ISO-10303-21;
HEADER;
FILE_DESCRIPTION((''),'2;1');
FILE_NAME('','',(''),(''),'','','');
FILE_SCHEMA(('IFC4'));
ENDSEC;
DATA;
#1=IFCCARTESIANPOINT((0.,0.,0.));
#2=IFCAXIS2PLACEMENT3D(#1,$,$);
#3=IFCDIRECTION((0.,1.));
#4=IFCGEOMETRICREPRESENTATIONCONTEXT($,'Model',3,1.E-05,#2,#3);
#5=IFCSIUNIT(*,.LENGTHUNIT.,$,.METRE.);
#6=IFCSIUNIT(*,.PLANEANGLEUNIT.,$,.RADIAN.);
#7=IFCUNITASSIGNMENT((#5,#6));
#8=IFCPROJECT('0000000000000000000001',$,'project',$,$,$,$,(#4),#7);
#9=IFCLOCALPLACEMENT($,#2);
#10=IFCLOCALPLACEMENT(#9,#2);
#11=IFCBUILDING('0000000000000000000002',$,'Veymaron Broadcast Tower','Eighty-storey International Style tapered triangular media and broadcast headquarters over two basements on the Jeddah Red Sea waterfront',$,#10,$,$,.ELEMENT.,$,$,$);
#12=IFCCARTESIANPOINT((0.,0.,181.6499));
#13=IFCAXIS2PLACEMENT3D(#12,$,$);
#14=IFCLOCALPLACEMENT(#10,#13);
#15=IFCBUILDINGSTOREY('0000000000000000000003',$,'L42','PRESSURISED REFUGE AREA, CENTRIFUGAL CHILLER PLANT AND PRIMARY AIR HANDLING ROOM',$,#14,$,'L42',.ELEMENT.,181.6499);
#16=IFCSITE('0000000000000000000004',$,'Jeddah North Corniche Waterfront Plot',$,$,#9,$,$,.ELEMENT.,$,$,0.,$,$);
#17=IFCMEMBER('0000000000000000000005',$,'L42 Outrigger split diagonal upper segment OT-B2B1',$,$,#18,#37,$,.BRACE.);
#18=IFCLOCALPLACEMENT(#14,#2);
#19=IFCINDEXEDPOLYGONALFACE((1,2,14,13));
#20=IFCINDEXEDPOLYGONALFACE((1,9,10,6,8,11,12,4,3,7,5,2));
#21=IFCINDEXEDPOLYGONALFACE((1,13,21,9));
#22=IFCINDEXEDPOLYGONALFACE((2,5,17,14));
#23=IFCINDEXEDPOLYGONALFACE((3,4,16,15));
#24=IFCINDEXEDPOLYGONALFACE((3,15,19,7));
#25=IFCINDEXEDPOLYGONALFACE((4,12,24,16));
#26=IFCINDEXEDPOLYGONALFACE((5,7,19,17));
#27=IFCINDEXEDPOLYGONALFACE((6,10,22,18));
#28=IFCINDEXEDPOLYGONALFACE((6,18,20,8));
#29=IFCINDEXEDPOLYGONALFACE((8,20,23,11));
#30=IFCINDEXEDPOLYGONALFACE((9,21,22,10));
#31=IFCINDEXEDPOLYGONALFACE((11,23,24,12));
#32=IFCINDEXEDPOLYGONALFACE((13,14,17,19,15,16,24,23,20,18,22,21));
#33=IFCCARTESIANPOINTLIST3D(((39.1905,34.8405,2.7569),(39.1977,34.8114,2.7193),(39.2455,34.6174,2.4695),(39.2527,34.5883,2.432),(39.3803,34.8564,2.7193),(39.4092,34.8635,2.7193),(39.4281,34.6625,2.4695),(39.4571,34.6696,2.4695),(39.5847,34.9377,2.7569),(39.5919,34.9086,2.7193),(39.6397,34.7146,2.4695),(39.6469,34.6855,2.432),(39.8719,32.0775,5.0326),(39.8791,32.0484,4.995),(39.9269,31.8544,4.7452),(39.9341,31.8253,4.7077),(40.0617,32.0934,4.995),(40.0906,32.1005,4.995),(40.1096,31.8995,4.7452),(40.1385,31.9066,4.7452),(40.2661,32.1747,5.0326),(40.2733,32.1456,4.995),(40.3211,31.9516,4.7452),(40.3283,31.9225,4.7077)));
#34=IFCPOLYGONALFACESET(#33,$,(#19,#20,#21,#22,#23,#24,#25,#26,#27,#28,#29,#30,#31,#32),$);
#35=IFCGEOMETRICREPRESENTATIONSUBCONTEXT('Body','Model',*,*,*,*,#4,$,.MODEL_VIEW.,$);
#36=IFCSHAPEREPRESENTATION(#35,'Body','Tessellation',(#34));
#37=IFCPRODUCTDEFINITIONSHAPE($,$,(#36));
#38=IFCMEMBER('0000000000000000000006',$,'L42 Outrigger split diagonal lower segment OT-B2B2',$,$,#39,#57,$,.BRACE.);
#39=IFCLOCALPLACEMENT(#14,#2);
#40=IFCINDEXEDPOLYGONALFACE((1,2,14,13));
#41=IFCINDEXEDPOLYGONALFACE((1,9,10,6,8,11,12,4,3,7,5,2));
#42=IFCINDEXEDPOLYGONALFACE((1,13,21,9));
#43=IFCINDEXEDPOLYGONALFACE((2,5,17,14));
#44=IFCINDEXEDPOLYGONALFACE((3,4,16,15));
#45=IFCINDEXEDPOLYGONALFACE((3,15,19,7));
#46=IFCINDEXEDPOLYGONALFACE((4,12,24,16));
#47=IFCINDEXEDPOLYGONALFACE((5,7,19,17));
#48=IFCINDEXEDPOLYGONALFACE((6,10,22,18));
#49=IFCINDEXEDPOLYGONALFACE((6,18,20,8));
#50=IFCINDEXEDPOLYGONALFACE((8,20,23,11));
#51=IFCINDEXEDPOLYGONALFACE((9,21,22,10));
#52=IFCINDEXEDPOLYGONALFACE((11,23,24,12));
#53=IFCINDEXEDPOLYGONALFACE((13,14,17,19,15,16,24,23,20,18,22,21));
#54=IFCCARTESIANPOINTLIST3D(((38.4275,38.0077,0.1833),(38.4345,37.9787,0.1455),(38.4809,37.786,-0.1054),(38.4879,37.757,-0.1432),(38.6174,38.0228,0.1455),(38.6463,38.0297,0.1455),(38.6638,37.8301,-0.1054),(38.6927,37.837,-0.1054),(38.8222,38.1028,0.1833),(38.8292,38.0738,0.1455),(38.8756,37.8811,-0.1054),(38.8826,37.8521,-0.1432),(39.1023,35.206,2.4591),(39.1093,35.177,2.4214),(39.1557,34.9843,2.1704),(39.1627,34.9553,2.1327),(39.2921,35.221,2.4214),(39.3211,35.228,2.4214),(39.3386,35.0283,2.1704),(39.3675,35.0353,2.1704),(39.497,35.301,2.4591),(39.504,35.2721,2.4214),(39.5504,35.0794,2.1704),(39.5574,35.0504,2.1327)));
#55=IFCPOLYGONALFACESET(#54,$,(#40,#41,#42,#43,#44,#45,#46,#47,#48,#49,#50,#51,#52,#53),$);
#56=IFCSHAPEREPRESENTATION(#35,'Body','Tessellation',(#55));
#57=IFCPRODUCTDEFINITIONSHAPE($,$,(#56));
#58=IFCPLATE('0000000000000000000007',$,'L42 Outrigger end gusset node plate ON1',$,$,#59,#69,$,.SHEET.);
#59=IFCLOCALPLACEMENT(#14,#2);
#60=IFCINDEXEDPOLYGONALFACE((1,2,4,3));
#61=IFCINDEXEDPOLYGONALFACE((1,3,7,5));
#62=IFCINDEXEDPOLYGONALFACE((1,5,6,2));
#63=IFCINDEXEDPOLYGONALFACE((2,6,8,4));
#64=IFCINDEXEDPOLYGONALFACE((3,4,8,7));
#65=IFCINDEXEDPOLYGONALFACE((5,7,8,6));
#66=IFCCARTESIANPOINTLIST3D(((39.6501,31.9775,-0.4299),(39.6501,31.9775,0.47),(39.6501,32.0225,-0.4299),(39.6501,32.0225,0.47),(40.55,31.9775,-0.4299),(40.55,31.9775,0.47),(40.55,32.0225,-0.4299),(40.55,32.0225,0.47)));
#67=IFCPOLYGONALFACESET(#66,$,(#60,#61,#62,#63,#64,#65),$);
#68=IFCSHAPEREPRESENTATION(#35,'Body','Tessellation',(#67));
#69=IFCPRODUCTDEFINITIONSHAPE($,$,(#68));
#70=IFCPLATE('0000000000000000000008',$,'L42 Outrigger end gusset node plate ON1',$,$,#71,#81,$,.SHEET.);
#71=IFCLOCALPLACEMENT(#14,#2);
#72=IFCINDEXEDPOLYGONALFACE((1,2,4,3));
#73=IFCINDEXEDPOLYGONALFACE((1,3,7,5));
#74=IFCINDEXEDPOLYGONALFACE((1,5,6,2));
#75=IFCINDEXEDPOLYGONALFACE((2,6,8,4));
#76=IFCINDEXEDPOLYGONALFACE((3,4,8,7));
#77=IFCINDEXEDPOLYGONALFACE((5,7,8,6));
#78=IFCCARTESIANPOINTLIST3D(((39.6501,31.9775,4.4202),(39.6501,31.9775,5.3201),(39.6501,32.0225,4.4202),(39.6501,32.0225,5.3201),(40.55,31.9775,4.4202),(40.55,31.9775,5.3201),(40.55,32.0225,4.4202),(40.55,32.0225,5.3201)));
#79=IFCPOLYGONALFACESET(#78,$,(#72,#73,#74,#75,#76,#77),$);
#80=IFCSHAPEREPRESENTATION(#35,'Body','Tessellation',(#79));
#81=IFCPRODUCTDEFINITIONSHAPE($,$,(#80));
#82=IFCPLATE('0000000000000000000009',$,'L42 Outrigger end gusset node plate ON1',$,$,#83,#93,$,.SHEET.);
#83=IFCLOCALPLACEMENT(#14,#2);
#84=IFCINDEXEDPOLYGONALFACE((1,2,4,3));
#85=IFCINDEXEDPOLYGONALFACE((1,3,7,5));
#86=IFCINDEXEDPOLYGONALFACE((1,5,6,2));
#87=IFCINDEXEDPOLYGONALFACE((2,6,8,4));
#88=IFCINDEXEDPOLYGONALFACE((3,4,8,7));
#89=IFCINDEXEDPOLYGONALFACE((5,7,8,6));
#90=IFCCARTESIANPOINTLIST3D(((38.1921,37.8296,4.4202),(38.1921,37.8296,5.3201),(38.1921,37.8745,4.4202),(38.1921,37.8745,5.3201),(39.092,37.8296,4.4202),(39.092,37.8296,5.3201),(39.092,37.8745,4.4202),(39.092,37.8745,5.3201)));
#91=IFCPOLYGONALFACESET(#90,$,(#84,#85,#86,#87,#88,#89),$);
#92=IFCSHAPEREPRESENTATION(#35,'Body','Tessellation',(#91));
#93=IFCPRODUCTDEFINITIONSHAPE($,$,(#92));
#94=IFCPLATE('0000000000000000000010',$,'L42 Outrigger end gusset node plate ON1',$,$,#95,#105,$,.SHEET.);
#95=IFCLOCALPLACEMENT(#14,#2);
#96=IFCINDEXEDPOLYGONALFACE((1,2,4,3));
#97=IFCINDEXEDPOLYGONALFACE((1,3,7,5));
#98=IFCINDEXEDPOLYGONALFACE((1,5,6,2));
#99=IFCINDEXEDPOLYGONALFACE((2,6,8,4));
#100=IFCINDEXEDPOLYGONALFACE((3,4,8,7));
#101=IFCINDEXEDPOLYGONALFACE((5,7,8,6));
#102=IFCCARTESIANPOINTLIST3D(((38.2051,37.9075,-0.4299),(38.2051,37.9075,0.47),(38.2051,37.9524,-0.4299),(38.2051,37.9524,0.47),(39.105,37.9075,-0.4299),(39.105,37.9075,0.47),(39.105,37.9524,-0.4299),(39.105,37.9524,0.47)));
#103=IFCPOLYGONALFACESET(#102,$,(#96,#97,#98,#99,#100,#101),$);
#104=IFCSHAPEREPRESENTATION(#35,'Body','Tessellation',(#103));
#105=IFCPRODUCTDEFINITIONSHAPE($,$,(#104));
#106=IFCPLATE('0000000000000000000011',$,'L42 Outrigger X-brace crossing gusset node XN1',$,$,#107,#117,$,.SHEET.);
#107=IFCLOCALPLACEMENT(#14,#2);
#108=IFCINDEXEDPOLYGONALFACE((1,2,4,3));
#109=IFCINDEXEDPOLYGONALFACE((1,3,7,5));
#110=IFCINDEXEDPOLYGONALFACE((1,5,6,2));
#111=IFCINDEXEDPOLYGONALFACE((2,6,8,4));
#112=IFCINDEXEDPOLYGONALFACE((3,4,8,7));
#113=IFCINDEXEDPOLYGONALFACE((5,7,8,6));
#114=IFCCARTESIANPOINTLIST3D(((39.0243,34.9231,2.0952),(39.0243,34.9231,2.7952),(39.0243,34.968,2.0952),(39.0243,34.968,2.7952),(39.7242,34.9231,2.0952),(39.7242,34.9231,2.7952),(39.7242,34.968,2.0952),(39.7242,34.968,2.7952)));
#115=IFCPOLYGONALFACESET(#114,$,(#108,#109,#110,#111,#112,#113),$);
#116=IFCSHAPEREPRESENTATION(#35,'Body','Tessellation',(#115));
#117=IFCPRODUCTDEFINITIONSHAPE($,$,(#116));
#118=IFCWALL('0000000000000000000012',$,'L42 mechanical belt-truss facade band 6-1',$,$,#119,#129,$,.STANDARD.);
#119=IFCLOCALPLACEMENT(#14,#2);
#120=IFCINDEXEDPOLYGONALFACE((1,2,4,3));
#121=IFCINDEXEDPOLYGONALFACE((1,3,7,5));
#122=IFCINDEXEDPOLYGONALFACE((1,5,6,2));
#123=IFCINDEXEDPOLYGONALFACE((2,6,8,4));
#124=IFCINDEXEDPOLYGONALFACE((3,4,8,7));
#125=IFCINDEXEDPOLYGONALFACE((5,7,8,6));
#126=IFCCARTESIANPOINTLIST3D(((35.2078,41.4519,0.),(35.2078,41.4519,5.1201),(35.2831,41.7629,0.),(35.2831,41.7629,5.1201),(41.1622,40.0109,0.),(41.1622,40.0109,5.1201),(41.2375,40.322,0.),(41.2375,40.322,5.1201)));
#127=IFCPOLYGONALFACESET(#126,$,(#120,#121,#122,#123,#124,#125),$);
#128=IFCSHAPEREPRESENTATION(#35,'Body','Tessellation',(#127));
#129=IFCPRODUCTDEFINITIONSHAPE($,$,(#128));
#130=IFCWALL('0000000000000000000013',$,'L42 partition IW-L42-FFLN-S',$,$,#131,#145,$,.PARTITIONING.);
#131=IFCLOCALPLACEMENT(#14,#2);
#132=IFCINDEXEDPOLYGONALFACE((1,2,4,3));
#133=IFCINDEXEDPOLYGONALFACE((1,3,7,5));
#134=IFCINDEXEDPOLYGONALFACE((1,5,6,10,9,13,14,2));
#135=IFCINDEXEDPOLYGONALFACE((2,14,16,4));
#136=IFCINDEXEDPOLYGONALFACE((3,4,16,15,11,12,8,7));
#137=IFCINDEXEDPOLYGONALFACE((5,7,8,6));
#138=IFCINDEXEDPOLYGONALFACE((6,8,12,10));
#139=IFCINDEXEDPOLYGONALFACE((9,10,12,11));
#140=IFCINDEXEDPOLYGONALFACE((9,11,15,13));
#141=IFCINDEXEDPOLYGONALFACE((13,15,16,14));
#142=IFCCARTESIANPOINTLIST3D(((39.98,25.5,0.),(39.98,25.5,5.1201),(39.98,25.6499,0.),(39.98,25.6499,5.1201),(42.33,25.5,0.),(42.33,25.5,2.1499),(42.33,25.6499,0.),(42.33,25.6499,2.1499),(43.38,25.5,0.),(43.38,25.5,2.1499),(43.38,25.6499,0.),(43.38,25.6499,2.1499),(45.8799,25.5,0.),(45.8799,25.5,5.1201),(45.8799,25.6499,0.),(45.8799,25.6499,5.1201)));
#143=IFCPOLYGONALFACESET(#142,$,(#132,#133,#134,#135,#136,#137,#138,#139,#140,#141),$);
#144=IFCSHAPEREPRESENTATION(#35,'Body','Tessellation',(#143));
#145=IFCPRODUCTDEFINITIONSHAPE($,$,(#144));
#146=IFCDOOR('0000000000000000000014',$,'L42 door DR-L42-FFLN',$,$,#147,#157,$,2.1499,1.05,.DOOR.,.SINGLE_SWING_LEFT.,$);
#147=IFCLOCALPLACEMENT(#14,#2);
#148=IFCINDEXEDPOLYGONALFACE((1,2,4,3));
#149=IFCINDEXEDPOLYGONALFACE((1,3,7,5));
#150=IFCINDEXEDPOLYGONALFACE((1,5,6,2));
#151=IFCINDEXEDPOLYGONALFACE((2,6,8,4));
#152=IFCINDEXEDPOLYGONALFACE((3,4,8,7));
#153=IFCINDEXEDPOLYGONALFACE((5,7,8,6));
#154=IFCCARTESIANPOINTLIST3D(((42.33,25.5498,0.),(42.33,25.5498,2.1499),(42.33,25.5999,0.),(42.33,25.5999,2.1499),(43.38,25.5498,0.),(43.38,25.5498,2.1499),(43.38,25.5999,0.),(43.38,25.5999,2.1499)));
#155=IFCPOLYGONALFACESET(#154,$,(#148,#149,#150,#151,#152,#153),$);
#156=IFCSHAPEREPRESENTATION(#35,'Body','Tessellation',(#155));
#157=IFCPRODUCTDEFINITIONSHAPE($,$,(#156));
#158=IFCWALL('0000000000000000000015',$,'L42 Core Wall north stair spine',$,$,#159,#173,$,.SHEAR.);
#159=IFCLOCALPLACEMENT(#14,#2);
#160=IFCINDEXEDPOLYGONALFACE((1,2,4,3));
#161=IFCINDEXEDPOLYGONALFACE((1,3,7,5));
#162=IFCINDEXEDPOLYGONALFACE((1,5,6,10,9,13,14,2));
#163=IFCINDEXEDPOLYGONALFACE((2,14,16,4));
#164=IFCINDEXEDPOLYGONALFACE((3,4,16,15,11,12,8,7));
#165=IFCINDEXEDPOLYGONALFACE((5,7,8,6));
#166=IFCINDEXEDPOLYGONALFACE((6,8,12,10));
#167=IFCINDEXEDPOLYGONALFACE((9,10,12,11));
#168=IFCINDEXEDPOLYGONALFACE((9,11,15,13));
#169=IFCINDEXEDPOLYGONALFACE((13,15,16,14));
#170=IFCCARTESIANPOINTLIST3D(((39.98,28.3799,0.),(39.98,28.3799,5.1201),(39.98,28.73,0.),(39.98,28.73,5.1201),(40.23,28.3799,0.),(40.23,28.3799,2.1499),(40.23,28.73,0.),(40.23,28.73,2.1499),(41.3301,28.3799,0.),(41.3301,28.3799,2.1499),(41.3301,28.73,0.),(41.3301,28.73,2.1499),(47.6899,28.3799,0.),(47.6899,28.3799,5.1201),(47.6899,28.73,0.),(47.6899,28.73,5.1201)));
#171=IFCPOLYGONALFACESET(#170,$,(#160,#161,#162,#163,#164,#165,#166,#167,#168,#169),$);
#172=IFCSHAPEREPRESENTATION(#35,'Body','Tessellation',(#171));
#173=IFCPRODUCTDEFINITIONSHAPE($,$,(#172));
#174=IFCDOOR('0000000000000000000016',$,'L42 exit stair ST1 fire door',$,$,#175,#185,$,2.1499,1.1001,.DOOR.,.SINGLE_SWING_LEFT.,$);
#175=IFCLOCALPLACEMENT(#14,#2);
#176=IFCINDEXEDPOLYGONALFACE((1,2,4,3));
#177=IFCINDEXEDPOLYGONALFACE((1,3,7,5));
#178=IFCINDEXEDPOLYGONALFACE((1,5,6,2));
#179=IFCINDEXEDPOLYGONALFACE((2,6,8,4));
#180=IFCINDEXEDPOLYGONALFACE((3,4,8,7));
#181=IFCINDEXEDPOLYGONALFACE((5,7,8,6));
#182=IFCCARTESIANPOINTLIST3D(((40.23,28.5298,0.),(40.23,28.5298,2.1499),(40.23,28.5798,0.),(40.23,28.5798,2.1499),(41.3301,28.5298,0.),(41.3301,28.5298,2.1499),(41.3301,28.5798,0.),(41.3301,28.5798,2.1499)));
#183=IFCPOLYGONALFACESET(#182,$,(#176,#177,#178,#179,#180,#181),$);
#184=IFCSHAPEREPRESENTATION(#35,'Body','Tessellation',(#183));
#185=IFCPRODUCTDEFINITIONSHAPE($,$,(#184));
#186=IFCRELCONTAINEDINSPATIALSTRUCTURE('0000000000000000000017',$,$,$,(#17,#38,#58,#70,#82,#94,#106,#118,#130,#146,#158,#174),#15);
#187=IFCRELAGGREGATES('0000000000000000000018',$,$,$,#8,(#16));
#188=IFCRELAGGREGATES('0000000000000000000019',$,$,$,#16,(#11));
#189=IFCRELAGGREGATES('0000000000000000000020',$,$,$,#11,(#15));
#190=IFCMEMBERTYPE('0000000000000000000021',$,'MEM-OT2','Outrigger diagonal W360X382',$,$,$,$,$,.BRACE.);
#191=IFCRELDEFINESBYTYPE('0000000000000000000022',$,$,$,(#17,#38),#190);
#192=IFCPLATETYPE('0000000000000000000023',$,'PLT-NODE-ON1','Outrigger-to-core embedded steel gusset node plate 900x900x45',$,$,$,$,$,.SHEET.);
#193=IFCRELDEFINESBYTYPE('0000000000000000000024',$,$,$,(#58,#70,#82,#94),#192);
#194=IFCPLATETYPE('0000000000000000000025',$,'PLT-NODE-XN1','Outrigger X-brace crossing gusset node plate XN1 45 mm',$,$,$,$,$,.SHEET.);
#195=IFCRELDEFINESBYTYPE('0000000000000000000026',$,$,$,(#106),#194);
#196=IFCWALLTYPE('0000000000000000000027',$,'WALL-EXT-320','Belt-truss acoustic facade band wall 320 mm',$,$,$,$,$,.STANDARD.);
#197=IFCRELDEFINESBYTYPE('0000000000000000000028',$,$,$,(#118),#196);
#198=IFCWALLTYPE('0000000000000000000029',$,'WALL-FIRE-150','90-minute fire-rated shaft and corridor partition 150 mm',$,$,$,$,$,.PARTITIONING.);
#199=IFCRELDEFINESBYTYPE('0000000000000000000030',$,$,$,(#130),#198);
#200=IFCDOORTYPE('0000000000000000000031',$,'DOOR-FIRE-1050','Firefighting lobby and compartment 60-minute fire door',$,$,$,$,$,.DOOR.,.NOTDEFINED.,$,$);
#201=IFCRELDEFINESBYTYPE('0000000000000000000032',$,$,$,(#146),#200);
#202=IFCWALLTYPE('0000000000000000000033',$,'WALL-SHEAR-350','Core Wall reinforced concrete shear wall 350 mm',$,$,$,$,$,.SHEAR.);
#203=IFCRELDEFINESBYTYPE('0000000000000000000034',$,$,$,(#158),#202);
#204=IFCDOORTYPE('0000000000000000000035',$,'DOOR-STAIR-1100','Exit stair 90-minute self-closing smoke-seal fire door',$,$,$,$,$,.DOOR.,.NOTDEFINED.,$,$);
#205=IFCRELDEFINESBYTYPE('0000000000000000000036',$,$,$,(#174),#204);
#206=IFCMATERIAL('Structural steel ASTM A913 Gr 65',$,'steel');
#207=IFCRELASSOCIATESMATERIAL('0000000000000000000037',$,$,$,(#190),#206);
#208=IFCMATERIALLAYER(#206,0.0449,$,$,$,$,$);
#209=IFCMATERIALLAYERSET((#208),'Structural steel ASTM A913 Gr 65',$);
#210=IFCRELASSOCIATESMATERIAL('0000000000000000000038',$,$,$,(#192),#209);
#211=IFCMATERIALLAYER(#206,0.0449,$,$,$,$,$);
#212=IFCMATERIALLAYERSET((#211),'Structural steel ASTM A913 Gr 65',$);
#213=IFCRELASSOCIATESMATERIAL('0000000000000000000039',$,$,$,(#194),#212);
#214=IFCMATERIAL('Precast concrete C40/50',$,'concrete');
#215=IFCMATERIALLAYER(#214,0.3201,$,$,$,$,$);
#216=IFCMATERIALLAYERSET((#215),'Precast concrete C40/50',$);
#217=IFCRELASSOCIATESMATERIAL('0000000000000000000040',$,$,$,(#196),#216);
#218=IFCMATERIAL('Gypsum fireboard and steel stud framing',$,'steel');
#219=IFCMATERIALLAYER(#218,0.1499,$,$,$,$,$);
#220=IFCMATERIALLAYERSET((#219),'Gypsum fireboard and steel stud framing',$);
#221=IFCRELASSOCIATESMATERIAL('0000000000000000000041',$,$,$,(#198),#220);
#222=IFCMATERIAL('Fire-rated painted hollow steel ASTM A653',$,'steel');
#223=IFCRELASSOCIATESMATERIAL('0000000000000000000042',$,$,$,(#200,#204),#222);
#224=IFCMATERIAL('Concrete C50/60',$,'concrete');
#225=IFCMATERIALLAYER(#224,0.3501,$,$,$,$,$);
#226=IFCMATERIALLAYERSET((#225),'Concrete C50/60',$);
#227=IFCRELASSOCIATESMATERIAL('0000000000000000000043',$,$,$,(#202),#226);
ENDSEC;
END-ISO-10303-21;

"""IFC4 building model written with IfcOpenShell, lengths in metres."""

from ifc_helpers import new_model, si_unit, direction, frame, frame_2d, origin, origin_2d, place, context, subcontext, project, spatial, rectangle, i_section, extrude, material, layer, layer_set, material_profile, profile_set, type_object, element, fill, save


model = new_model("IFC4")

# Units and contexts
model_context = context("Model", 3, precision=1e-05, world=origin(), true_north=direction((0.0, 1.0)))
body_context = subcontext(model_context, "Body", "Model", "MODEL_VIEW")
ifc_project = project(units=[si_unit("LENGTHUNIT", "METRE"), si_unit("PLANEANGLEUNIT", "RADIAN")], contexts=[model_context])

# Site, building, storey
site_placement = place(None, origin())
site = spatial("IfcSite", under=ifc_project, at=site_placement, Name="Jeddah North Corniche Waterfront Plot", CompositionType="ELEMENT", RefElevation=0.0)
building_placement = place(site_placement, origin())
building = spatial("IfcBuilding", under=site, at=building_placement, Name="Veymaron Broadcast Tower", Description="Eighty-storey International Style tapered triangular media and broadcast headquarters over two basements on the Jeddah Red Sea waterfront", CompositionType="ELEMENT")
storey_placement = place(building_placement, frame((0.0, 0.0, 181.6499)))
storey = spatial("IfcBuildingStorey", under=building, at=storey_placement, Name="L42", Description="PRESSURISED REFUGE AREA, CENTRIFUGAL CHILLER PLANT AND PRIMARY AIR HANDLING ROOM", LongName="L42", CompositionType="ELEMENT", Elevation=181.6499)

# Shared definitions
ifc_material_1 = material(Name="Structural steel ASTM A913 Gr 65", Category="steel")

# Members
ifc_material_profile_1 = material_profile(ifc_material_1, i_section(OverallWidth=0.406, OverallDepth=0.416, WebThickness=0.0298, FlangeThickness=0.0481, at=origin_2d()), Name="W360X382")
ifc_profile_set_1 = profile_set([ifc_material_profile_1], Name="Structural steel ASTM A913 Gr 65")
member_type = type_object("IfcMemberType", Name="MEM-OT2", Description="Outrigger diagonal W360X382", PredefinedType="BRACE", material=ifc_profile_set_1)
member_1_placement = place(storey_placement, frame((40.1001, 32.0, 4.8701), z_axis=(-0.187006, 0.758276, -0.624537), x_axis=(-0.97091, -0.239446, 0.0)))
element("IfcMember", 1, at=member_1_placement, inside=storey, type_object=member_type, Name="L42 Outrigger split diagonal upper segment OT-B2B1", PredefinedType="BRACE", context=body_context, shape_type="SweptSolid", body=[
    extrude(i_section(OverallWidth=0.406, OverallDepth=0.416, WebThickness=0.0298, FlangeThickness=0.0481, at=origin_2d()), origin(), (0.0, 0.0, 1.0), 3.6438),
])
member_2_placement = place(storey_placement, frame((39.3298, 35.1282, 2.2959), z_axis=(-0.183762, 0.762971, -0.619764), x_axis=(-0.972199, -0.234155, 0.0)))
element("IfcMember", 2, at=member_2_placement, inside=storey, type_object=member_type, Name="L42 Outrigger split diagonal lower segment OT-B2B2", PredefinedType="BRACE", context=body_context, shape_type="SweptSolid", body=[
    extrude(i_section(OverallWidth=0.406, OverallDepth=0.416, WebThickness=0.0298, FlangeThickness=0.0481, at=origin_2d()), origin(), (0.0, 0.0, 1.0), 3.6721),
])

# Plates
ifc_layer_1 = layer(ifc_material_1, 0.0449)
ifc_layer_set_1 = layer_set([ifc_layer_1], Name="Structural steel ASTM A913 Gr 65")
plate_type_1 = type_object("IfcPlateType", Name="PLT-NODE-ON1", Description="Outrigger-to-core embedded steel gusset node plate 900x900x45", PredefinedType="SHEET", material=ifc_layer_set_1)
for number, where, z_axis, x_axis, name in (
    (3, (40.1001, 32.0, -0.4299), (0.0, 0.0, 1.0), (1.0, 0.0, 0.0), "L42 Outrigger end gusset node plate ON1"),
    (4, (40.1001, 32.0, 4.4202), (0.0, 0.0, 1.0), (1.0, 0.0, 0.0), "L42 Outrigger end gusset node plate ON1"),
    (5, (38.6421, 37.8521, 4.4202), (0.0, 0.0, 1.0), (1.0, 0.0, 0.0), "L42 Outrigger end gusset node plate ON1"),
    (6, (38.655, 37.9299, -0.4299), (0.0, 0.0, 1.0), (1.0, 0.0, 0.0), "L42 Outrigger end gusset node plate ON1"),
):
    element("IfcPlate", number, at=place(storey_placement, frame(where, z_axis=z_axis, x_axis=x_axis)), inside=storey, type_object=plate_type_1, Name=name, PredefinedType="SHEET", context=body_context, shape_type="SweptSolid", body=[
        extrude(rectangle(XDim=0.8999, YDim=0.0449, at=origin_2d()), origin(), (0.0, 0.0, 1.0), 0.8999),
    ])
ifc_layer_2 = layer(ifc_material_1, 0.0449)
ifc_layer_set_2 = layer_set([ifc_layer_2], Name="Structural steel ASTM A913 Gr 65")
plate_type_2 = type_object("IfcPlateType", Name="PLT-NODE-XN1", Description="Outrigger X-brace crossing gusset node plate XN1 45 mm", PredefinedType="SHEET", material=ifc_layer_set_2)
plate_placement = place(storey_placement, frame((39.3743, 34.9456, 2.0952), z_axis=(0.0, 0.0, 1.0), x_axis=(1.0, 0.0, 0.0)))
element("IfcPlate", 7, at=plate_placement, inside=storey, type_object=plate_type_2, Name="L42 Outrigger X-brace crossing gusset node XN1", PredefinedType="SHEET", context=body_context, shape_type="SweptSolid", body=[
    extrude(rectangle(XDim=0.7, YDim=0.0449, at=origin_2d()), origin(), (0.0, 0.0, 1.0), 0.7),
])

# Wall
ifc_material_2 = material(Name="Precast concrete C40/50", Category="concrete")
ifc_layer_3 = layer(ifc_material_2, 0.3201)
ifc_layer_set_3 = layer_set([ifc_layer_3], Name="Precast concrete C40/50")
wall_type_1 = type_object("IfcWallType", Name="WALL-EXT-320", Description="Belt-truss acoustic facade band wall 320 mm", PredefinedType="STANDARD", material=ifc_layer_set_3)
wall_1_placement = place(storey_placement, frame((41.1997, 40.1665, 0.0), z_axis=(0.0, 0.0, 1.0), x_axis=(-0.971946, 0.235205, 0.0)))
element("IfcWall", 8, at=wall_1_placement, inside=storey, type_object=wall_type_1, Name="L42 mechanical belt-truss facade band 6-1", PredefinedType="STANDARD", context=body_context, shape_type="SweptSolid", body=[
    extrude(rectangle(XDim=6.1262, YDim=0.3201, at=frame_2d((3.063, 0.0))), origin(), (0.0, 0.0, 1.0), 5.1201),
])

# Walls, openings, doors
ifc_material_3 = material(Name="Gypsum fireboard and steel stud framing", Category="steel")
ifc_layer_4 = layer(ifc_material_3, 0.1499)
ifc_layer_set_4 = layer_set([ifc_layer_4], Name="Gypsum fireboard and steel stud framing")
wall_type_2 = type_object("IfcWallType", Name="WALL-FIRE-150", Description="90-minute fire-rated shaft and corridor partition 150 mm", PredefinedType="PARTITIONING", material=ifc_layer_set_4)
wall_2_placement = place(storey_placement, frame((39.98, 25.575, 0.0), z_axis=(0.0, 0.0, 1.0), x_axis=(1.0, 0.0, 0.0)))
wall_2 = element("IfcWall", 9, at=wall_2_placement, inside=storey, type_object=wall_type_2, Name="L42 partition IW-L42-FFLN-S", PredefinedType="PARTITIONING", context=body_context, shape_type="SweptSolid", body=[
    extrude(rectangle(XDim=5.8999, YDim=0.1499, at=frame_2d((2.95, 0.0))), origin(), (0.0, 0.0, 1.0), 5.1201),
])
opening_1_placement = place(wall_2_placement, frame((2.3501, 0.0, 0.0)))
opening_1 = element("IfcOpeningElement", 10, at=opening_1_placement, cuts=wall_2, PredefinedType="OPENING", context=body_context, shape_type="SweptSolid", body=[
    extrude(rectangle(XDim=1.05, YDim=2.1499, at=frame_2d((0.5249, 1.075))), frame((0.0, 0.085, 0.0), z_axis=(0.0, -1.0, 0.0), x_axis=(1.0, 0.0, 0.0)), (0.0, 0.0, 1.0), 0.1699),
])
ifc_material_4 = material(Name="Fire-rated painted hollow steel ASTM A653", Category="steel")
door_type_1 = type_object("IfcDoorType", Name="DOOR-FIRE-1050", Description="Firefighting lobby and compartment 60-minute fire door", OperationType="NOTDEFINED", PredefinedType="DOOR", material=ifc_material_4)
door_1_placement = place(opening_1_placement, origin())
door_1 = element("IfcDoor", 11, at=door_1_placement, inside=storey, type_object=door_type_1, Name="L42 door DR-L42-FFLN", OperationType="SINGLE_SWING_LEFT", OverallHeight=2.1499, OverallWidth=1.05, PredefinedType="DOOR", context=body_context, shape_type="SweptSolid", body=[
    extrude(rectangle(XDim=1.05, YDim=2.1499, at=frame_2d((0.5249, 1.075))), frame((0.0, 0.0249, 0.0), z_axis=(0.0, -1.0, 0.0), x_axis=(1.0, 0.0, 0.0)), (0.0, 0.0, 1.0), 0.05),
])
fill(opening_1, door_1)
ifc_material_5 = material(Name="Concrete C50/60", Category="concrete")
ifc_layer_5 = layer(ifc_material_5, 0.3501)
ifc_layer_set_5 = layer_set([ifc_layer_5], Name="Concrete C50/60")
wall_type_3 = type_object("IfcWallType", Name="WALL-SHEAR-350", Description="Core Wall reinforced concrete shear wall 350 mm", PredefinedType="SHEAR", material=ifc_layer_set_5)
wall_3_placement = place(storey_placement, frame((39.98, 28.5549, 0.0), z_axis=(0.0, 0.0, 1.0), x_axis=(1.0, 0.0, 0.0)))
wall_3 = element("IfcWall", 12, at=wall_3_placement, inside=storey, type_object=wall_type_3, Name="L42 Core Wall north stair spine", PredefinedType="SHEAR", context=body_context, shape_type="SweptSolid", body=[
    extrude(rectangle(XDim=7.71, YDim=0.3501, at=frame_2d((3.855, 0.0))), origin(), (0.0, 0.0, 1.0), 5.1201),
])
opening_2_placement = place(wall_3_placement, frame((0.25, 0.0, 0.0)))
opening_2 = element("IfcOpeningElement", 13, at=opening_2_placement, cuts=wall_3, PredefinedType="OPENING", context=body_context, shape_type="SweptSolid", body=[
    extrude(rectangle(XDim=1.1001, YDim=2.1499, at=frame_2d((0.55, 1.075))), frame((0.0, 0.1851, 0.0), z_axis=(0.0, -1.0, 0.0), x_axis=(1.0, 0.0, 0.0)), (0.0, 0.0, 1.0), 0.3701),
])
door_type_2 = type_object("IfcDoorType", Name="DOOR-STAIR-1100", Description="Exit stair 90-minute self-closing smoke-seal fire door", OperationType="NOTDEFINED", PredefinedType="DOOR", material=ifc_material_4)
door_2_placement = place(opening_2_placement, origin())
door_2 = element("IfcDoor", 14, at=door_2_placement, inside=storey, type_object=door_type_2, Name="L42 exit stair ST1 fire door", OperationType="SINGLE_SWING_LEFT", OverallHeight=2.1499, OverallWidth=1.1001, PredefinedType="DOOR", context=body_context, shape_type="SweptSolid", body=[
    extrude(rectangle(XDim=1.1001, YDim=2.1499, at=frame_2d((0.55, 1.075))), frame((0.0, 0.0249, 0.0), z_axis=(0.0, -1.0, 0.0), x_axis=(1.0, 0.0, 0.0)), (0.0, 0.0, 1.0), 0.05),
])
fill(opening_2, door_2)

save(model, "model.ifc")
